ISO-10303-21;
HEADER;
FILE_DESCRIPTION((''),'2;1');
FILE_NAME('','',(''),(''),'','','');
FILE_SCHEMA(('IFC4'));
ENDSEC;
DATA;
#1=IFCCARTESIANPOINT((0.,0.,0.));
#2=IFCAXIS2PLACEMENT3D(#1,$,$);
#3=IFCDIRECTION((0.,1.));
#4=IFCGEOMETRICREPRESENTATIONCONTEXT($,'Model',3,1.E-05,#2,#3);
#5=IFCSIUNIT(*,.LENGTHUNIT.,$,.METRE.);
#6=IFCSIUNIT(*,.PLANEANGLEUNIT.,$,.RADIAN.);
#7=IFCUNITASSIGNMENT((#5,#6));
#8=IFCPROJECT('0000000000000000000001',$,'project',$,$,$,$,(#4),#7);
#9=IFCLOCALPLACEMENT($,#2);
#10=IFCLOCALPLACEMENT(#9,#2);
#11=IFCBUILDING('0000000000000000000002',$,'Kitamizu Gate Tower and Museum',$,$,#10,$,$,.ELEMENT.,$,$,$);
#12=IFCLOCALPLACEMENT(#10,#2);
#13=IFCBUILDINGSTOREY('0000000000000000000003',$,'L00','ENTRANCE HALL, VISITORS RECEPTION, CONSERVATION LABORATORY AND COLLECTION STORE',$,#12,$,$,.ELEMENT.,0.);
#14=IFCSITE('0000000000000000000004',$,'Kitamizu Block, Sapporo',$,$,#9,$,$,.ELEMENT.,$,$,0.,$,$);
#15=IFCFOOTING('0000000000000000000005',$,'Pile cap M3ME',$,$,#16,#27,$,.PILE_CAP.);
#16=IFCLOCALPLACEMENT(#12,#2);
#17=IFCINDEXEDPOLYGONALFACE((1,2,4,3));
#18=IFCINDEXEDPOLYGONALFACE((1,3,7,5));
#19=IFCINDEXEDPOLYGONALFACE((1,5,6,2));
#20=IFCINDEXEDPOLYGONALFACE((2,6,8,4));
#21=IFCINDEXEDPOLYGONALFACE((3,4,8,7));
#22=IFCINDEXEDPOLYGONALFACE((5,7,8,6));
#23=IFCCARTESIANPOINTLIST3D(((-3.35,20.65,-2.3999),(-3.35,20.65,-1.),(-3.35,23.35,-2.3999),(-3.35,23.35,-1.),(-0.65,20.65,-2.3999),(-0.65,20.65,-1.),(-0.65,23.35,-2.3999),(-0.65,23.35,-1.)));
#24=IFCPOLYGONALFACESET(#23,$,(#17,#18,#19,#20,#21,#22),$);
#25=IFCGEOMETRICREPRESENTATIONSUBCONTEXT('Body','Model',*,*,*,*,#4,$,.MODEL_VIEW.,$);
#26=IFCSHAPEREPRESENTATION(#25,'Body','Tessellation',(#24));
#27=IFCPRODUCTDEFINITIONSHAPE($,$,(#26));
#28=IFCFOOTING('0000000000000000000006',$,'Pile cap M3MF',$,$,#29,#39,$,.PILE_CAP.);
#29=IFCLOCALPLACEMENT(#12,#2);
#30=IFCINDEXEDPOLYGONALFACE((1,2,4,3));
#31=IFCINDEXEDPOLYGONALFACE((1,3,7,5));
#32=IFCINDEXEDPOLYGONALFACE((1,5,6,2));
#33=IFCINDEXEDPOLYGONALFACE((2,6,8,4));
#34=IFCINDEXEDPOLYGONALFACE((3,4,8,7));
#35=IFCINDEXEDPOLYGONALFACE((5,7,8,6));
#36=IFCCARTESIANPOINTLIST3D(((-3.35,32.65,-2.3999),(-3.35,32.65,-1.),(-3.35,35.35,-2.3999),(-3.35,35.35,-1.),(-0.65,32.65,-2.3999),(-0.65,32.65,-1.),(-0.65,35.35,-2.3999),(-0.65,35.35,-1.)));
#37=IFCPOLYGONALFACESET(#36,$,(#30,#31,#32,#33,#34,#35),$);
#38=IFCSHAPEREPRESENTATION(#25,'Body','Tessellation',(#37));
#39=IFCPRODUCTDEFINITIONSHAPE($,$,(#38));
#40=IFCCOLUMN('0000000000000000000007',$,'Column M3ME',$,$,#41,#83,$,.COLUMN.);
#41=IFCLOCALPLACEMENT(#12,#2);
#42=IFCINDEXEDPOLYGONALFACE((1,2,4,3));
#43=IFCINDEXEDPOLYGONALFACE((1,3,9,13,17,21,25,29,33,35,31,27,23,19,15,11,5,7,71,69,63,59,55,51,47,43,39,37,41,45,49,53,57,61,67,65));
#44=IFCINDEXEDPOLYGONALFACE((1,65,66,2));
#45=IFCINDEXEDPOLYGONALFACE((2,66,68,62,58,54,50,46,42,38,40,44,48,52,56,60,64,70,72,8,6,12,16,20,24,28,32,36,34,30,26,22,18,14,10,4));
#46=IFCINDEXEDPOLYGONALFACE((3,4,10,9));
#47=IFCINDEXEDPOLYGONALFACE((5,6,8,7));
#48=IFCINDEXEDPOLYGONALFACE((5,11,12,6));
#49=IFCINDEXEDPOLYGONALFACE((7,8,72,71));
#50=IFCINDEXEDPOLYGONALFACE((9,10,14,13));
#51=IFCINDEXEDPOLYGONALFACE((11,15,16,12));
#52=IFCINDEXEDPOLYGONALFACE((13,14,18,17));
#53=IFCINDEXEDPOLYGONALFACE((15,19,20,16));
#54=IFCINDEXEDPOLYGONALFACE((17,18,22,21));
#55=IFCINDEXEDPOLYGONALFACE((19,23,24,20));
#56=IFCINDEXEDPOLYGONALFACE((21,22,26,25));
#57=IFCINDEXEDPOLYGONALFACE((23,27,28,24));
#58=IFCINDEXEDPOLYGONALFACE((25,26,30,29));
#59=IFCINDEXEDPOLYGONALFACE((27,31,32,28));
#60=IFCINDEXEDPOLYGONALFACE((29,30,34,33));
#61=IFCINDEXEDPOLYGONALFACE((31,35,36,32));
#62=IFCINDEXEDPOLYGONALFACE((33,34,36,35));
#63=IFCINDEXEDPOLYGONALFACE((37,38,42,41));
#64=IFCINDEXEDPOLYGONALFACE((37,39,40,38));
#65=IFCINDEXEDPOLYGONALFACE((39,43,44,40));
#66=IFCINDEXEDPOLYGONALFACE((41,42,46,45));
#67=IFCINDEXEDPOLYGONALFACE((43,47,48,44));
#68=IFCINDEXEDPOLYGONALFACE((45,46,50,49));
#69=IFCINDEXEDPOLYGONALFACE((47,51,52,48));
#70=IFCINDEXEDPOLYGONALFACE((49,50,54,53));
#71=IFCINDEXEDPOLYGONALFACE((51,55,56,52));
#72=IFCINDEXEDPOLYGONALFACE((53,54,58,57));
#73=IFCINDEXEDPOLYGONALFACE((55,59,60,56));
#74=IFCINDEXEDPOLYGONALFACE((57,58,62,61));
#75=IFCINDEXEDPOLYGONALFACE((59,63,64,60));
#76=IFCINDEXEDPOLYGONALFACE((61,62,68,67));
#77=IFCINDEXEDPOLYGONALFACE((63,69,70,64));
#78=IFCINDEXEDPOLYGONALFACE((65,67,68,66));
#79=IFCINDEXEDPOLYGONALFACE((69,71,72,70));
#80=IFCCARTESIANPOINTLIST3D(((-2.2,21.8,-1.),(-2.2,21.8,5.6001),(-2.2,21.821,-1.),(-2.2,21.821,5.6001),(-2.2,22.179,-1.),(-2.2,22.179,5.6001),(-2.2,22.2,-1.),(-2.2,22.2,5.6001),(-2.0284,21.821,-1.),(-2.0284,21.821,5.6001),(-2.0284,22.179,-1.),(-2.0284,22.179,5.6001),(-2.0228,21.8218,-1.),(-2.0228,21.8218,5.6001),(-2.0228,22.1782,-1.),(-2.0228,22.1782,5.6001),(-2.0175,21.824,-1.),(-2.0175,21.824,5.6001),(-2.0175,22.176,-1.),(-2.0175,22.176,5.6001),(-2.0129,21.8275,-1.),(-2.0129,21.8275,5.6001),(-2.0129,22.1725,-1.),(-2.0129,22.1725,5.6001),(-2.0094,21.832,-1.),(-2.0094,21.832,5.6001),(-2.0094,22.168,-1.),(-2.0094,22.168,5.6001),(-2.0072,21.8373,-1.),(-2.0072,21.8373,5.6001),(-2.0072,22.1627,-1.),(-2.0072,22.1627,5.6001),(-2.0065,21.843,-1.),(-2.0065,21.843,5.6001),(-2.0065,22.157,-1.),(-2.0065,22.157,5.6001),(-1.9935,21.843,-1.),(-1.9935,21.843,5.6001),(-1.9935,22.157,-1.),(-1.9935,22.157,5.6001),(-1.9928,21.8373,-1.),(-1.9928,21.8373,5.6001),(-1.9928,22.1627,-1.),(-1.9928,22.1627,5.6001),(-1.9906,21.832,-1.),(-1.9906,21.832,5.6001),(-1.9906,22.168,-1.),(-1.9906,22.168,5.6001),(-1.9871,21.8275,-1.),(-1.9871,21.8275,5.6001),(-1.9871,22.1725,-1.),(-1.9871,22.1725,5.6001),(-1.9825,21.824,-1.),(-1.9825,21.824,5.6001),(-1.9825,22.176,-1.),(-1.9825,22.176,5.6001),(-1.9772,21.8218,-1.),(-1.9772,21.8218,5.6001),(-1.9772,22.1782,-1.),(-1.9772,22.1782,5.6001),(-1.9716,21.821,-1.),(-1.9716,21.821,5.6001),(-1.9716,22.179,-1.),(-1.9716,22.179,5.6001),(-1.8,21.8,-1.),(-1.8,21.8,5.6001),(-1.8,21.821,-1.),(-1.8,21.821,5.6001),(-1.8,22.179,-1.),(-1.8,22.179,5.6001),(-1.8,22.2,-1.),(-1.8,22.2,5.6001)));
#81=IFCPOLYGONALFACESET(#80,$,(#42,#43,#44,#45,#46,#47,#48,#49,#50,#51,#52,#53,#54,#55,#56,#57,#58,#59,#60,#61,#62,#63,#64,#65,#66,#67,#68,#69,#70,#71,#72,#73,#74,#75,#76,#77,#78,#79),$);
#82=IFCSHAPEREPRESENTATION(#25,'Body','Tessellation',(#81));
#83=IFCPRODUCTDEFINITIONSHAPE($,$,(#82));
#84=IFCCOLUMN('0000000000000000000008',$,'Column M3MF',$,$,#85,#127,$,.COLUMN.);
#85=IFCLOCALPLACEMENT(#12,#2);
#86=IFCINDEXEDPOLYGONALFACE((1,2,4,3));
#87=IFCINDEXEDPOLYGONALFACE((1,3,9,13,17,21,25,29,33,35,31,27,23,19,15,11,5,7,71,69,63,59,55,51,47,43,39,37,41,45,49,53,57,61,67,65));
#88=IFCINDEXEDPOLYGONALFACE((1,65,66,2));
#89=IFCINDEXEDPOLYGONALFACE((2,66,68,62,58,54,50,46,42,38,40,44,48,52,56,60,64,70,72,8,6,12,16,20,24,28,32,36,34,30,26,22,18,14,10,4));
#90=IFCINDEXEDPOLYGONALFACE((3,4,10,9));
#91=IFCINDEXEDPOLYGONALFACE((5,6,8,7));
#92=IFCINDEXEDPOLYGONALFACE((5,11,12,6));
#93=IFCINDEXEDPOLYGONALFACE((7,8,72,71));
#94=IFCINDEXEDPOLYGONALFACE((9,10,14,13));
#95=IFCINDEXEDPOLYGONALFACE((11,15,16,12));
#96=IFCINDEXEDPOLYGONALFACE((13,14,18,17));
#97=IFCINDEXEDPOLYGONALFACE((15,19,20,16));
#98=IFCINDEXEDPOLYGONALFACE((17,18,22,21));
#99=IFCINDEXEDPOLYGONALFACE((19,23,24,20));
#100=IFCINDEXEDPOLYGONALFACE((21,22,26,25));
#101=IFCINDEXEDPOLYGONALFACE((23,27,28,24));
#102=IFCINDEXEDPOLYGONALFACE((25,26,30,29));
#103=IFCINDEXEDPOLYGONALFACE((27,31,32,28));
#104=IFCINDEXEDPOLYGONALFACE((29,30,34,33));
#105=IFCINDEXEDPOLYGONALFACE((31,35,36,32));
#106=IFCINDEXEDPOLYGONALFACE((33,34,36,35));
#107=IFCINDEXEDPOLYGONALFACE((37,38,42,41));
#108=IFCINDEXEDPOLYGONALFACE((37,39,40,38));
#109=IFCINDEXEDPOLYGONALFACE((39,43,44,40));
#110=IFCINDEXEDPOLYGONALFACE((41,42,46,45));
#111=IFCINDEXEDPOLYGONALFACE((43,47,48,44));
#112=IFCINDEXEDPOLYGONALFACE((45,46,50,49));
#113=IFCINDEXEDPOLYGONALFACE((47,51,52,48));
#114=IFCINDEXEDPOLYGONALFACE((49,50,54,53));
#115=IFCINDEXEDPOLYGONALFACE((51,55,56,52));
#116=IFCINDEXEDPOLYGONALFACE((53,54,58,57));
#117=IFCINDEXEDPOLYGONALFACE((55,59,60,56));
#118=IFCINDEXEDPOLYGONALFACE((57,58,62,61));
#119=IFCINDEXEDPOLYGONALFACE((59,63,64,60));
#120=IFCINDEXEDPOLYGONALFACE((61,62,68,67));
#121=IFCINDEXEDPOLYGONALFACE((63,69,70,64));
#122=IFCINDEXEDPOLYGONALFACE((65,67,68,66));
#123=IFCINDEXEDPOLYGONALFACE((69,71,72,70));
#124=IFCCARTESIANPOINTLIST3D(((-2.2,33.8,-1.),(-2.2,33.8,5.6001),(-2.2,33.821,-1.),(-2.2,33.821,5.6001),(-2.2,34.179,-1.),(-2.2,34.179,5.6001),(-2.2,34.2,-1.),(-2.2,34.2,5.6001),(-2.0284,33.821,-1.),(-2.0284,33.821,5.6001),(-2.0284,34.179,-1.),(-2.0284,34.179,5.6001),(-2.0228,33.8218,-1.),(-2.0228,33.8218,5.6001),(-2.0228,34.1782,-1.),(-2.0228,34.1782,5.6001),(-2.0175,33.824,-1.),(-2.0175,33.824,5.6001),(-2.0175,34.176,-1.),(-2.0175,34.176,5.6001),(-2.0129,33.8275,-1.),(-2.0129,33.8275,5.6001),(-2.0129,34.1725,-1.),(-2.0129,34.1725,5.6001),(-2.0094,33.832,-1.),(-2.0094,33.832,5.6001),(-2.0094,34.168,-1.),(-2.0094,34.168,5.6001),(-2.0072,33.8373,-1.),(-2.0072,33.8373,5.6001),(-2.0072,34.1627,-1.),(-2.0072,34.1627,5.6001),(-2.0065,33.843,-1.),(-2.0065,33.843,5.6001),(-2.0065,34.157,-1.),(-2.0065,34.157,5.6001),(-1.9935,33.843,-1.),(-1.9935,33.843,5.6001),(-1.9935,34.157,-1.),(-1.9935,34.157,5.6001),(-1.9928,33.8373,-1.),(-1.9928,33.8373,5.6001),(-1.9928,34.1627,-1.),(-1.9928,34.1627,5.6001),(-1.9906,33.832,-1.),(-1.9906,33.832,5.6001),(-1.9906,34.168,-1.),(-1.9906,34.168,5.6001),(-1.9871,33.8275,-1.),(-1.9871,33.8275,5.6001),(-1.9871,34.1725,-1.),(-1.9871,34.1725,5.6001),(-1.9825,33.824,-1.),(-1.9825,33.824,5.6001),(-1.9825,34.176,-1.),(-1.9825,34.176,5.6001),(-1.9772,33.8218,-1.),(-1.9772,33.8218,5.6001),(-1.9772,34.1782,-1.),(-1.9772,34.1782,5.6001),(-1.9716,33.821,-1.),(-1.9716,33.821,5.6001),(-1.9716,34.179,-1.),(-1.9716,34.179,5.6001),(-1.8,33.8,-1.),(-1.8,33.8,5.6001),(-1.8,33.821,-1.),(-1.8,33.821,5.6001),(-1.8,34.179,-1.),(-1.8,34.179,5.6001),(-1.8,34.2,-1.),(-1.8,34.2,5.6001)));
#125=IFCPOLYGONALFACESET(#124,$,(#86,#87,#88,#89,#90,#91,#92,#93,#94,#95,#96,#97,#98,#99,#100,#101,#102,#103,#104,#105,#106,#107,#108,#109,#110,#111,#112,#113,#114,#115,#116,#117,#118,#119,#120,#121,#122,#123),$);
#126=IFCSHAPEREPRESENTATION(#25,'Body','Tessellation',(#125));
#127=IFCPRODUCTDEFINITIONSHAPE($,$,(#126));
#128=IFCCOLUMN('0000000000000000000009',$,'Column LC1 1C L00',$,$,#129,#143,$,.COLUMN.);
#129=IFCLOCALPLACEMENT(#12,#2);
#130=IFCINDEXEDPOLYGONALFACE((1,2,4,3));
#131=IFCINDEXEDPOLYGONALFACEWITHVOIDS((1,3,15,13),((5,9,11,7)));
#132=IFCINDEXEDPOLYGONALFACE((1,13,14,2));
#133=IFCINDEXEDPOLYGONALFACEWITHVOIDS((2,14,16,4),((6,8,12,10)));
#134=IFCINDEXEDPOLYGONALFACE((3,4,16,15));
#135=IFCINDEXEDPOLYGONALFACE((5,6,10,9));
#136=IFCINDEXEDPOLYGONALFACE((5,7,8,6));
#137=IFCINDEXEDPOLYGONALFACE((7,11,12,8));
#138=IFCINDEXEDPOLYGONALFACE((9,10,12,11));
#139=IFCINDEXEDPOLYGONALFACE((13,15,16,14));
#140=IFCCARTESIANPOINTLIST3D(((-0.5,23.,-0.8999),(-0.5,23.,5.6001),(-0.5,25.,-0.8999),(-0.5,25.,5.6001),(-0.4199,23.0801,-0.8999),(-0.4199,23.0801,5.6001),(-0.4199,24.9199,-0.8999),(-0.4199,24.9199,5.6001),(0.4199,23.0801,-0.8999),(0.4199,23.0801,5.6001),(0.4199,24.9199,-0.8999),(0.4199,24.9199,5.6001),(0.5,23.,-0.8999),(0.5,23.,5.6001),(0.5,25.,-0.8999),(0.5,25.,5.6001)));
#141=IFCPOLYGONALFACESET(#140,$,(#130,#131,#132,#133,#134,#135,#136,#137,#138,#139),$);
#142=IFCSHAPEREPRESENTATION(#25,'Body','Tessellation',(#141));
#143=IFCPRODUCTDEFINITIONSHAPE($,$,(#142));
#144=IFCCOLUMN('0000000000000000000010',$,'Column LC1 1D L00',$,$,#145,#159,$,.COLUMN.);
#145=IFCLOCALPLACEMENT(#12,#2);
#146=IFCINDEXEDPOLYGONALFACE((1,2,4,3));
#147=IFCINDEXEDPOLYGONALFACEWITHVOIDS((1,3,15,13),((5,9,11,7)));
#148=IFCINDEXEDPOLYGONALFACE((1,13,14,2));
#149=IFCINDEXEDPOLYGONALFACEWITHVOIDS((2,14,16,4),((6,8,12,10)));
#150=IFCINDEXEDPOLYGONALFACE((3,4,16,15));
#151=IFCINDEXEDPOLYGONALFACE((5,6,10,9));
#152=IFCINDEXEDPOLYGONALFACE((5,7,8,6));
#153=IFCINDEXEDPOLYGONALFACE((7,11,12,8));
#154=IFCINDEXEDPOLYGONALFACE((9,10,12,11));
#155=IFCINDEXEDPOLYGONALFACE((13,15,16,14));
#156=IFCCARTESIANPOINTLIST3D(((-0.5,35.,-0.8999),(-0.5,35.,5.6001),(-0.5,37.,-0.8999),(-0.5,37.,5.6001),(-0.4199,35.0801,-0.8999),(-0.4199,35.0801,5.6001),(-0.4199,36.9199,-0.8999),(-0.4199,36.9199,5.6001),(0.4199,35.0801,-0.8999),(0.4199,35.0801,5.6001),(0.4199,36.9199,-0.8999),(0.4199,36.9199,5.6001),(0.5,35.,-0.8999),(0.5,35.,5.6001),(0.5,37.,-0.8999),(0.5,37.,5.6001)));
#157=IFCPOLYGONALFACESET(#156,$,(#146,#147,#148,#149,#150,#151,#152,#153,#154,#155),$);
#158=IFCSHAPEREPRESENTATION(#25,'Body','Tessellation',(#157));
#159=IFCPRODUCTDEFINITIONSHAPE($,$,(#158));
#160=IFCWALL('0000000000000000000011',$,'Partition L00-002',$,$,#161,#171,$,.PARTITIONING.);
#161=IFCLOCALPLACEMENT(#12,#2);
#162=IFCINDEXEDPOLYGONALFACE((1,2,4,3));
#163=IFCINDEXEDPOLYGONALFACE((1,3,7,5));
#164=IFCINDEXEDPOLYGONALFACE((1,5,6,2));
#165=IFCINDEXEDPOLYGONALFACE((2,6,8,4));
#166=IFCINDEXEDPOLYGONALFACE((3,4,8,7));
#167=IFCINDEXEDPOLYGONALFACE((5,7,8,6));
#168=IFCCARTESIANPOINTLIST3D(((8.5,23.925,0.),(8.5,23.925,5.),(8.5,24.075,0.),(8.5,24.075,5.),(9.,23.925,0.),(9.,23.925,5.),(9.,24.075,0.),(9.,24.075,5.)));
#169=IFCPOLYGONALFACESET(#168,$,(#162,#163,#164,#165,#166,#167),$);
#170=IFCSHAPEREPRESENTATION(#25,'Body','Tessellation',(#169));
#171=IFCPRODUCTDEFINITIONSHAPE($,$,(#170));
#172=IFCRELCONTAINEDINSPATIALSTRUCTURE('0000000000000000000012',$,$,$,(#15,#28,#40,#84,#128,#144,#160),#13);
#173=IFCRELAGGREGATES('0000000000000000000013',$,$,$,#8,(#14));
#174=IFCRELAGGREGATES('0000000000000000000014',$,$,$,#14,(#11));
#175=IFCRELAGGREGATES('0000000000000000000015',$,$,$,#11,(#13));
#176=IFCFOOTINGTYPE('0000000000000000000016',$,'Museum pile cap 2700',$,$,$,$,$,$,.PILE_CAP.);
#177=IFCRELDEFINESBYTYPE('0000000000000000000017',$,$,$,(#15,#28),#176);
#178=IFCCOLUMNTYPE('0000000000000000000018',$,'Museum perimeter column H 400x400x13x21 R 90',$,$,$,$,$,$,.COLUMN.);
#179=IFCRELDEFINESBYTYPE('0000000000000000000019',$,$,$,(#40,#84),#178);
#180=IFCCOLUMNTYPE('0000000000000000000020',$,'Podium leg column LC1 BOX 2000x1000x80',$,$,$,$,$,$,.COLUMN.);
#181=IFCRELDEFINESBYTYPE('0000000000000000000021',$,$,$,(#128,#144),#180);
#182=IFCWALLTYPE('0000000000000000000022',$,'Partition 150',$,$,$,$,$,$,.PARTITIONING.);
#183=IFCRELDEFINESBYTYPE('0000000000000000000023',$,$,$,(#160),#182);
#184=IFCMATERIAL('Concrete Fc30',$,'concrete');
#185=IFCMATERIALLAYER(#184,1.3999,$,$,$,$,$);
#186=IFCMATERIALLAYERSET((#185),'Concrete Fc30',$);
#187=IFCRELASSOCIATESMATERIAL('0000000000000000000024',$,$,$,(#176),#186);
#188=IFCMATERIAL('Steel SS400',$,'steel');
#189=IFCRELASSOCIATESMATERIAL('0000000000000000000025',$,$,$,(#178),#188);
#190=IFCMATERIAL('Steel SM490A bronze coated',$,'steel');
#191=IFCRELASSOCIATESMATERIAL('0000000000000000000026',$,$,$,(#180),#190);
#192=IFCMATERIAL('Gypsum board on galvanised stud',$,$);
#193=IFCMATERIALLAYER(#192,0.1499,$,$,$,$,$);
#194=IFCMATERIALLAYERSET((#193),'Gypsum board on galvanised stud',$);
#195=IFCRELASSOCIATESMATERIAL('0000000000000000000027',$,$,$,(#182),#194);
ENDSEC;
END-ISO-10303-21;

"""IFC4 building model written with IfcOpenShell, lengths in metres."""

from ifc_helpers import new_model, si_unit, direction, frame, frame_2d, origin, origin_2d, place, context, subcontext, project, spatial, rectangle, hollow_rectangle, i_section, extrude, material, layer, layer_set, material_profile, profile_set, type_object, element, save


model = new_model("IFC4")

# Units and contexts
model_context = context("Model", 3, precision=1e-05, world=origin(), true_north=direction((0.0, 1.0)))
body_context = subcontext(model_context, "Body", "Model", "MODEL_VIEW")
ifc_project = project(units=[si_unit("LENGTHUNIT", "METRE"), si_unit("PLANEANGLEUNIT", "RADIAN")], contexts=[model_context])

# Site, building, storey
site_placement = place(None, origin())
site = spatial("IfcSite", under=ifc_project, at=site_placement, Name="Kitamizu Block, Sapporo", CompositionType="ELEMENT", RefElevation=0.0)
building_placement = place(site_placement, origin())
building = spatial("IfcBuilding", under=site, at=building_placement, Name="Kitamizu Gate Tower and Museum", CompositionType="ELEMENT")
storey_placement = place(building_placement, origin())
storey = spatial("IfcBuildingStorey", under=building, at=storey_placement, Name="L00", Description="ENTRANCE HALL, VISITORS RECEPTION, CONSERVATION LABORATORY AND COLLECTION STORE", CompositionType="ELEMENT", Elevation=0.0)

# Footings
ifc_material_1 = material(Name="Concrete Fc30", Category="concrete")
ifc_layer_1 = layer(ifc_material_1, 1.3999)
ifc_layer_set_1 = layer_set([ifc_layer_1], Name="Concrete Fc30")
footing_type = type_object("IfcFootingType", Name="Museum pile cap 2700", PredefinedType="PILE_CAP", material=ifc_layer_set_1)
for number, where, z_axis, x_axis, name in (
    (1, (-2.0, 22.0, -2.3999), (0.0, 0.0, 1.0), (1.0, 0.0, 0.0), "Pile cap M3ME"),
    (2, (-2.0, 34.0, -2.3999), (0.0, 0.0, 1.0), (1.0, 0.0, 0.0), "Pile cap M3MF"),
):
    element("IfcFooting", number, at=place(storey_placement, frame(where, z_axis=z_axis, x_axis=x_axis)), inside=storey, type_object=footing_type, Name=name, PredefinedType="PILE_CAP", context=body_context, shape_type="SweptSolid", body=[
        extrude(rectangle(XDim=2.7, YDim=2.7, at=origin_2d()), origin(), (0.0, 0.0, 1.0), 1.3999),
    ])

# Columns
ifc_material_2 = material(Name="Steel SS400", Category="steel")
ifc_material_profile_1 = material_profile(ifc_material_2, i_section(OverallWidth=0.3999, OverallDepth=0.3999, WebThickness=0.0129, FlangeThickness=0.021, FilletRadius=0.022, at=origin_2d()), Name="H-400x400x13x21")
ifc_profile_set_1 = profile_set([ifc_material_profile_1], Name="Steel SS400")
column_type_1 = type_object("IfcColumnType", Name="Museum perimeter column H 400x400x13x21 R 90", PredefinedType="COLUMN", material=ifc_profile_set_1)
for number, where, z_axis, x_axis, name in (
    (3, (-2.0, 22.0, -1.0), (0.0, 0.0, 1.0), (1.0, 0.0, 0.0), "Column M3ME"),
    (4, (-2.0, 34.0, -1.0), (0.0, 0.0, 1.0), (1.0, 0.0, 0.0), "Column M3MF"),
):
    element("IfcColumn", number, at=place(storey_placement, frame(where, z_axis=z_axis, x_axis=x_axis)), inside=storey, type_object=column_type_1, Name=name, PredefinedType="COLUMN", context=body_context, shape_type="SweptSolid", body=[
        extrude(i_section(OverallWidth=0.3999, OverallDepth=0.3999, WebThickness=0.0129, FlangeThickness=0.021, FilletRadius=0.022, at=origin_2d()), origin(), (0.0, 0.0, 1.0), 6.6001),
    ])
ifc_material_3 = material(Name="Steel SM490A bronze coated", Category="steel")
ifc_material_profile_2 = material_profile(ifc_material_3, hollow_rectangle(XDim=2.0, YDim=1.0, WallThickness=0.0801, at=origin_2d()), Name="BOX 2000x1000x80")
ifc_profile_set_2 = profile_set([ifc_material_profile_2], Name="Steel SM490A bronze coated")
column_type_2 = type_object("IfcColumnType", Name="Podium leg column LC1 BOX 2000x1000x80", PredefinedType="COLUMN", material=ifc_profile_set_2)
for number, where, z_axis, x_axis, name in (
    (5, (0.0, 24.0, -0.8999), (0.0, 0.0, 1.0), (0.0, 1.0, 0.0), "Column LC1 1C L00"),
    (6, (0.0, 36.0, -0.8999), (0.0, 0.0, 1.0), (0.0, 1.0, 0.0), "Column LC1 1D L00"),
):
    element("IfcColumn", number, at=place(storey_placement, frame(where, z_axis=z_axis, x_axis=x_axis)), inside=storey, type_object=column_type_2, Name=name, PredefinedType="COLUMN", context=body_context, shape_type="SweptSolid", body=[
        extrude(hollow_rectangle(XDim=2.0, YDim=1.0, WallThickness=0.0801, at=origin_2d()), origin(), (0.0, 0.0, 1.0), 6.5),
    ])

# Wall
ifc_material_4 = material(Name="Gypsum board on galvanised stud")
ifc_layer_2 = layer(ifc_material_4, 0.1499)
ifc_layer_set_2 = layer_set([ifc_layer_2], Name="Gypsum board on galvanised stud")
wall_type_1 = type_object("IfcWallType", Name="Partition 150", PredefinedType="PARTITIONING", material=ifc_layer_set_2)
wall_1_placement = place(storey_placement, frame((8.5, 24.0, 0.0), z_axis=(0.0, 0.0, 1.0), x_axis=(1.0, 0.0, 0.0)))
element("IfcWall", 7, at=wall_1_placement, inside=storey, type_object=wall_type_1, Name="Partition L00-002", PredefinedType="PARTITIONING", context=body_context, shape_type="SweptSolid", body=[
    extrude(rectangle(XDim=0.5, YDim=0.1499, at=frame_2d((0.25, 0.0))), origin(), (0.0, 0.0, 1.0), 5.0),
])

save(model, "model.ifc")
